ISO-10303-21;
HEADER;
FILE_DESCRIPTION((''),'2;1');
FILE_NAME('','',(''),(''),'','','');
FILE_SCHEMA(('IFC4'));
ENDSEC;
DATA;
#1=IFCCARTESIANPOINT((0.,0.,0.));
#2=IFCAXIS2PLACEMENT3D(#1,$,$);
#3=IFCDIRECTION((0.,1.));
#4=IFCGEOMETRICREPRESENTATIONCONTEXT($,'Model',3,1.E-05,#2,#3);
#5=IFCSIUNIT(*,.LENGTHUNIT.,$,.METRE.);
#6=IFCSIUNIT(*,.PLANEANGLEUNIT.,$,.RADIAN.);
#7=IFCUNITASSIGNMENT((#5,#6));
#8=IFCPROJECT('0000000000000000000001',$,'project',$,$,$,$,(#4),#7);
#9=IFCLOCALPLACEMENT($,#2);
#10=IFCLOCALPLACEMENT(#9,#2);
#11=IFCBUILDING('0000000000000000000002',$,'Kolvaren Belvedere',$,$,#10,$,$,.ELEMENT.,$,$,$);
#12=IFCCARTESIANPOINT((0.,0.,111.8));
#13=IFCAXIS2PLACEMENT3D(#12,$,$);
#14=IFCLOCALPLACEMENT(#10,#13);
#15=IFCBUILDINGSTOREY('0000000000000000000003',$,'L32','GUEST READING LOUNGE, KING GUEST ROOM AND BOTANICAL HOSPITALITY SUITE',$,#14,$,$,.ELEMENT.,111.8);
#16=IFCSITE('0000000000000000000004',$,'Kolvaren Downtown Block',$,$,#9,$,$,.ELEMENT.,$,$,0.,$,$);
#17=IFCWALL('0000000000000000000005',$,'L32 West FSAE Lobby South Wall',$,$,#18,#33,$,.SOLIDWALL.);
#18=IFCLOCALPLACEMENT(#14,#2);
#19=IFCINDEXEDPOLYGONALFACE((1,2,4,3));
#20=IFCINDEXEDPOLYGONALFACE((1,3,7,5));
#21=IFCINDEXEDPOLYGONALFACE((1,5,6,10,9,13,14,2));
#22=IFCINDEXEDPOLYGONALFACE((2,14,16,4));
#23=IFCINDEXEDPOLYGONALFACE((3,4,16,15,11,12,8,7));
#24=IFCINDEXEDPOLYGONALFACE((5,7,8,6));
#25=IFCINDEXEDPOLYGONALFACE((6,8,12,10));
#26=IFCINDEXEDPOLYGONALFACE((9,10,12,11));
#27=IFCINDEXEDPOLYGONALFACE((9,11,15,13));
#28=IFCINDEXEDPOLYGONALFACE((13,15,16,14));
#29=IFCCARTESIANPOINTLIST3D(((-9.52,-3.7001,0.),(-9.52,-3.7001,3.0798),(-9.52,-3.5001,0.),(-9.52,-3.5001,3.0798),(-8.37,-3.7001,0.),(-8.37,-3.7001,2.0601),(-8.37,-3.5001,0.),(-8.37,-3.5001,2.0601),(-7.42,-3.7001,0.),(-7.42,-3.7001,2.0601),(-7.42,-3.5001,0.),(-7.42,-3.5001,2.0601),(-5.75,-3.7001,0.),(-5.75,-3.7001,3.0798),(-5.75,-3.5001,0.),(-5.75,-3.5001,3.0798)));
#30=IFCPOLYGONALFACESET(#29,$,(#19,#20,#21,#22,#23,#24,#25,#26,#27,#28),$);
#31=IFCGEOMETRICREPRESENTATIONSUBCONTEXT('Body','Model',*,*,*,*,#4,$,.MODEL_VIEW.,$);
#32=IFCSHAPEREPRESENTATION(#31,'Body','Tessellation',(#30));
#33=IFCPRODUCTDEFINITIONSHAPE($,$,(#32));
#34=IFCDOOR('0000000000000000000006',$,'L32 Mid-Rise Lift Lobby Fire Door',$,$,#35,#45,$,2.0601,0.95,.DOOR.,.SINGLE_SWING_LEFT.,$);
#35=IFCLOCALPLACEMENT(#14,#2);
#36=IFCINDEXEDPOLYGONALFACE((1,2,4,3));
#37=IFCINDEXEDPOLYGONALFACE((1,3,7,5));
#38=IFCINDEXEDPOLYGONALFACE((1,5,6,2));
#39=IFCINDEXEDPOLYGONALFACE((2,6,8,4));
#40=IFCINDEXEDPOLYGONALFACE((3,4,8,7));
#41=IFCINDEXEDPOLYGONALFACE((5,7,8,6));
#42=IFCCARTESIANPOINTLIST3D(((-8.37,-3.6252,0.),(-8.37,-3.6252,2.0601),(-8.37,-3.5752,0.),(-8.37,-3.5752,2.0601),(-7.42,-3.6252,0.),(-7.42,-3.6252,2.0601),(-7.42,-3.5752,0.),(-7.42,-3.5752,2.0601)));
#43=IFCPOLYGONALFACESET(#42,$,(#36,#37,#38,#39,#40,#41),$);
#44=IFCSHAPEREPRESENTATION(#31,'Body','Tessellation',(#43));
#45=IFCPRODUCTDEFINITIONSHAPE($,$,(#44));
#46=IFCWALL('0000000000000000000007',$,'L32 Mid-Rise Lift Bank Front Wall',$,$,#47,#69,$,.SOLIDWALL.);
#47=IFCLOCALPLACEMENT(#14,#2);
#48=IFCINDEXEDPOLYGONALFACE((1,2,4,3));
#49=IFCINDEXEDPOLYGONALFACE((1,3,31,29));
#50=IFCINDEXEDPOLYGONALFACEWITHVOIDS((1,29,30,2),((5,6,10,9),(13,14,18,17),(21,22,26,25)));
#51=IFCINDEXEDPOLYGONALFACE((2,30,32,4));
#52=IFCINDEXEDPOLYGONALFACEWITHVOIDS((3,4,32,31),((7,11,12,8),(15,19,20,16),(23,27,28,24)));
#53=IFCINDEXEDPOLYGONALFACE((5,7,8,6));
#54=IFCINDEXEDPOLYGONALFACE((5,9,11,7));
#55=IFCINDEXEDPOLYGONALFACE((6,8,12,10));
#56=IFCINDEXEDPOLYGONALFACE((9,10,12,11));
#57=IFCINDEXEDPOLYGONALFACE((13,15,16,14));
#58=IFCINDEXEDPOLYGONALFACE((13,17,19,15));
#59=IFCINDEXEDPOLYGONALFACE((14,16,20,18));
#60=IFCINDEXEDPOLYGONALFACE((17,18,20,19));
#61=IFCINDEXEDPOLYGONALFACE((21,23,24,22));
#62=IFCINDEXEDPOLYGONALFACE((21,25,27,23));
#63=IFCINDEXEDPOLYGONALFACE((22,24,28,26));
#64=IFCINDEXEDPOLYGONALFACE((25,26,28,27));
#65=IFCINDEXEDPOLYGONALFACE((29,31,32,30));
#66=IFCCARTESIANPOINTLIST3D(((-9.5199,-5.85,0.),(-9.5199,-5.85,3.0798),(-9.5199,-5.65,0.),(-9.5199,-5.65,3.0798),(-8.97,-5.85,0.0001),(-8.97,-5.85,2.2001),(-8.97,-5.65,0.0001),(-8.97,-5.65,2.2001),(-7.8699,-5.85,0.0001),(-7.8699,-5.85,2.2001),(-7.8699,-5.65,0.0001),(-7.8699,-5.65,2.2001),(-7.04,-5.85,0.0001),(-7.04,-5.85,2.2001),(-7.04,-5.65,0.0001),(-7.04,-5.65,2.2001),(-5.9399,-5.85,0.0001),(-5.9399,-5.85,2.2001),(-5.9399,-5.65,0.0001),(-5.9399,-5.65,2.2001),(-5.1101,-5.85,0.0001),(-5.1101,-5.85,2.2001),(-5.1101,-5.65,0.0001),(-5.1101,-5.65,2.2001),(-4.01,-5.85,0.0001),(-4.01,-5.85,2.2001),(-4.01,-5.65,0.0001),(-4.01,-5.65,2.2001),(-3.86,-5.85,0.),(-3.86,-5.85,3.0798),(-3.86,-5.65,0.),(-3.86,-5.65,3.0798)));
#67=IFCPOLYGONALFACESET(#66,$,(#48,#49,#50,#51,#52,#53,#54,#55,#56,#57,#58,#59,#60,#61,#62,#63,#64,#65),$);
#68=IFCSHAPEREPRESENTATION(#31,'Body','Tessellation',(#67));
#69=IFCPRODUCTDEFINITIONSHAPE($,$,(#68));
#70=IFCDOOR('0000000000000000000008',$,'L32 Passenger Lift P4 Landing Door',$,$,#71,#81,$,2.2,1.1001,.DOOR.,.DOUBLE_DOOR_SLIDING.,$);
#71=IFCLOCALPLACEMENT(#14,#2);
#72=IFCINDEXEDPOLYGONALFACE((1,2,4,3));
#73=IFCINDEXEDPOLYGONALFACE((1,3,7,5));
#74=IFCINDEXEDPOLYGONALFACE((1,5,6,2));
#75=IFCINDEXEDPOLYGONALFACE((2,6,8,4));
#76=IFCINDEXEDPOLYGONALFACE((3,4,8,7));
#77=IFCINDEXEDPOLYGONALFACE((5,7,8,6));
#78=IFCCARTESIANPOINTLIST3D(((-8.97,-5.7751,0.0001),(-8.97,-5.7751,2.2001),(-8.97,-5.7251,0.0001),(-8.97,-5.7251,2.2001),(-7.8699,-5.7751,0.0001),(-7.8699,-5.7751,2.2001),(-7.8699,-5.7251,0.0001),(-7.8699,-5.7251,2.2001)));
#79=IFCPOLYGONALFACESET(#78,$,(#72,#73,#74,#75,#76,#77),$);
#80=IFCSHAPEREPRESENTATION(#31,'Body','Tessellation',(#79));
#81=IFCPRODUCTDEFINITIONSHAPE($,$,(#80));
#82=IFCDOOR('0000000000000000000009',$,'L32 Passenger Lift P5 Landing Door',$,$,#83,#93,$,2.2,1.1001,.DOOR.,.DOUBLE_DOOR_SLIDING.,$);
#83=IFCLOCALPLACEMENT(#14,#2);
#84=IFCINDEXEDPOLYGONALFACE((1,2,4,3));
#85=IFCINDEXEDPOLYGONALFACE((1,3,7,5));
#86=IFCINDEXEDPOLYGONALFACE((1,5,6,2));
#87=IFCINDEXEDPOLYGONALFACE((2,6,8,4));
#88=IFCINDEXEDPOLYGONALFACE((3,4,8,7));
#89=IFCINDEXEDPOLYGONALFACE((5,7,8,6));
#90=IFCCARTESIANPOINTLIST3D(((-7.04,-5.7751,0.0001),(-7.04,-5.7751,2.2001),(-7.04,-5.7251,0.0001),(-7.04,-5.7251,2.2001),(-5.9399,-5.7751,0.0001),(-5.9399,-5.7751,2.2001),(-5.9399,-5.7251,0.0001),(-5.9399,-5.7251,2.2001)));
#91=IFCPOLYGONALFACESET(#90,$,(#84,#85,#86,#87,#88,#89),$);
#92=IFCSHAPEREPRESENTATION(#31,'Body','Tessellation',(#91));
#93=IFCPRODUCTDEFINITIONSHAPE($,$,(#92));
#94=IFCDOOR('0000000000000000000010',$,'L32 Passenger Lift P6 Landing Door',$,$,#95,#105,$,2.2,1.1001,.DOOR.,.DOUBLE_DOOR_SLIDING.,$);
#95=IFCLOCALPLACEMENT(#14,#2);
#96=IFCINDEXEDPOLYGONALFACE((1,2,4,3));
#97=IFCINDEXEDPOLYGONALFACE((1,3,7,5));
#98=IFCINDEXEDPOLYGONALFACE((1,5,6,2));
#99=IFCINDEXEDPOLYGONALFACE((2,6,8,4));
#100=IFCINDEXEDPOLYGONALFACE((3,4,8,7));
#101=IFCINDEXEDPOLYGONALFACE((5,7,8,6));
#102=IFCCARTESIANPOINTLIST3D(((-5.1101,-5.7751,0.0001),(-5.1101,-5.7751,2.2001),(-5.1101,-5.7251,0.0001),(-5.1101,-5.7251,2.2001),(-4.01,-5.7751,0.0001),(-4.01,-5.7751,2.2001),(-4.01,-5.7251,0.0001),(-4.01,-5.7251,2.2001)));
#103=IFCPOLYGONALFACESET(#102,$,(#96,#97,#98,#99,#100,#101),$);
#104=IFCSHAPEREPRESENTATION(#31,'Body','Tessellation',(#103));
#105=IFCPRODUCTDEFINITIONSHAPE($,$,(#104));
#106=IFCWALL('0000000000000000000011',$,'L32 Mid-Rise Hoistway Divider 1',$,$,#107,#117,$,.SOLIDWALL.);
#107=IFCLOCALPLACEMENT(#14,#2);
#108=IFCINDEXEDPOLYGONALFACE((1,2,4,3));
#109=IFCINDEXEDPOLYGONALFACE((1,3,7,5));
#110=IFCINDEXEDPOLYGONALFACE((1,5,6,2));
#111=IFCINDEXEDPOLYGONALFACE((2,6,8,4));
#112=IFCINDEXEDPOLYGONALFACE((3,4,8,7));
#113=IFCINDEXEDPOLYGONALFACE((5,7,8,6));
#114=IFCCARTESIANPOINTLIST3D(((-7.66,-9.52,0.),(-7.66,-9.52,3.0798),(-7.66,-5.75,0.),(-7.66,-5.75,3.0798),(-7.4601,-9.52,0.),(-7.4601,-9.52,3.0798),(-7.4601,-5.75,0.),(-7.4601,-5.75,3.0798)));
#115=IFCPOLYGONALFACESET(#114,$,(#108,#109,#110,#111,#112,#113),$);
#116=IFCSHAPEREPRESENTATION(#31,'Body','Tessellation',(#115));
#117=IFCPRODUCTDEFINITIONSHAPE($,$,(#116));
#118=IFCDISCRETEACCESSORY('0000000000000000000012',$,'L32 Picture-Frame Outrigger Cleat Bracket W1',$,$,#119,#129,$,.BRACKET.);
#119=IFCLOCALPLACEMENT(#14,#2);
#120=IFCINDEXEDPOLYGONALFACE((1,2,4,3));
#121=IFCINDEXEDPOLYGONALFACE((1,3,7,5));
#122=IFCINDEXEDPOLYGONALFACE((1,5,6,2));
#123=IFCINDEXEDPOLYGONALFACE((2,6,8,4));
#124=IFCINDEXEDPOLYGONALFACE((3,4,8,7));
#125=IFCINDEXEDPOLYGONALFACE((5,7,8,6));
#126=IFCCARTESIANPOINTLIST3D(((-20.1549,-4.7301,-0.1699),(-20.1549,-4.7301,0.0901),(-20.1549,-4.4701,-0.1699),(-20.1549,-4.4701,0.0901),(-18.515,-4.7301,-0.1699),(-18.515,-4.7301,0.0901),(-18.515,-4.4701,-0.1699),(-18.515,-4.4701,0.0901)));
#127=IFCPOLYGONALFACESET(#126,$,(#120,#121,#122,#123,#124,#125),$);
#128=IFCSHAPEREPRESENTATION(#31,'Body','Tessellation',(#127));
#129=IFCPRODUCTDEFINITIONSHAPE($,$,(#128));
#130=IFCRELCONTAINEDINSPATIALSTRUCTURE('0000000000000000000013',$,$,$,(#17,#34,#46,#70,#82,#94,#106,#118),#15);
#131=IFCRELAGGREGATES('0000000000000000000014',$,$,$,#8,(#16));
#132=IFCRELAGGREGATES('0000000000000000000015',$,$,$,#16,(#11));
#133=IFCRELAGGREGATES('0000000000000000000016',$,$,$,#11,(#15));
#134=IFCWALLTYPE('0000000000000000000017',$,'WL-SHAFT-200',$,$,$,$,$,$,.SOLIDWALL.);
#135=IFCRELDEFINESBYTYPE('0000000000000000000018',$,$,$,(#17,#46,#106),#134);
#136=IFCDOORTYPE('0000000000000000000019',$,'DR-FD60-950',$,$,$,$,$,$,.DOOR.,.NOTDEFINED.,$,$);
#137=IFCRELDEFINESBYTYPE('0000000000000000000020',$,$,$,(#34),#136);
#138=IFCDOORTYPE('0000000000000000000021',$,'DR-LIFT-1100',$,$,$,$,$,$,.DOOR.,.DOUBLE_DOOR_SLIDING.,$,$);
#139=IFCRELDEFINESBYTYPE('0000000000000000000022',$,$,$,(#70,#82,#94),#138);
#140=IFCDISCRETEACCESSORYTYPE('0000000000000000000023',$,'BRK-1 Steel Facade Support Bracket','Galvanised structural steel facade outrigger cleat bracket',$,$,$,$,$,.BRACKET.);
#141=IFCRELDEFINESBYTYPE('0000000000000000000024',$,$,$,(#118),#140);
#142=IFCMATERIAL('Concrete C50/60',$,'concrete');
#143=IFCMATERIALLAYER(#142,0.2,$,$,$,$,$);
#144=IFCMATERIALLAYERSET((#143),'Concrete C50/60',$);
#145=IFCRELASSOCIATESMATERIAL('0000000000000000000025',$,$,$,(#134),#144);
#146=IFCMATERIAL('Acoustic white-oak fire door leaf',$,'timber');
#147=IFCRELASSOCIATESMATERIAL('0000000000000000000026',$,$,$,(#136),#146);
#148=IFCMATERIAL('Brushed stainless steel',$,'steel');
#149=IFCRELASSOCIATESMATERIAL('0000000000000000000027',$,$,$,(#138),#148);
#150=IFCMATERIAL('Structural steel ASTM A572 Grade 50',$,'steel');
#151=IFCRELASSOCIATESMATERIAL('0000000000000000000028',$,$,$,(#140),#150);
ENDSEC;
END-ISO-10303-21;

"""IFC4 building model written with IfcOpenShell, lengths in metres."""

from ifc_helpers import new_model, si_unit, direction, frame, frame_2d, origin, origin_2d, place, context, subcontext, project, spatial, rectangle, extrude, material, layer, layer_set, type_object, element, fill, save


model = new_model("IFC4")

# Units and contexts
model_context = context("Model", 3, precision=1e-05, world=origin(), true_north=direction((0.0, 1.0)))
body_context = subcontext(model_context, "Body", "Model", "MODEL_VIEW")
ifc_project = project(units=[si_unit("LENGTHUNIT", "METRE"), si_unit("PLANEANGLEUNIT", "RADIAN")], contexts=[model_context])

# Site, building, storey
site_placement = place(None, origin())
site = spatial("IfcSite", under=ifc_project, at=site_placement, Name="Kolvaren Downtown Block", CompositionType="ELEMENT", RefElevation=0.0)
building_placement = place(site_placement, origin())
building = spatial("IfcBuilding", under=site, at=building_placement, Name="Kolvaren Belvedere", CompositionType="ELEMENT")
storey_placement = place(building_placement, frame((0.0, 0.0, 111.8)))
storey = spatial("IfcBuildingStorey", under=building, at=storey_placement, Name="L32", Description="GUEST READING LOUNGE, KING GUEST ROOM AND BOTANICAL HOSPITALITY SUITE", CompositionType="ELEMENT", Elevation=111.8)

# Wall, opening, door
ifc_material_1 = material(Name="Concrete C50/60", Category="concrete")
ifc_layer_1 = layer(ifc_material_1, 0.2)
ifc_layer_set_1 = layer_set([ifc_layer_1], Name="Concrete C50/60")
wall_type_1 = type_object("IfcWallType", Name="WL-SHAFT-200", PredefinedType="SOLIDWALL", material=ifc_layer_set_1)
wall_1_placement = place(storey_placement, frame((-9.52, -3.6001, 0.0), z_axis=(0.0, 0.0, 1.0), x_axis=(1.0, 0.0, 0.0)))
wall_1 = element("IfcWall", 1, at=wall_1_placement, inside=storey, type_object=wall_type_1, Name="L32 West FSAE Lobby South Wall", PredefinedType="SOLIDWALL", context=body_context, shape_type="SweptSolid", body=[
    extrude(rectangle(XDim=3.77, YDim=0.2, at=frame_2d((1.885, 0.0))), origin(), (0.0, 0.0, 1.0), 3.0798),
])
opening_1_placement = place(wall_1_placement, frame((1.1499, 0.0, 0.0)))
opening_1 = element("IfcOpeningElement", 2, at=opening_1_placement, cuts=wall_1, PredefinedType="OPENING", context=body_context, shape_type="SweptSolid", body=[
    extrude(rectangle(XDim=0.95, YDim=2.0601, at=frame_2d((0.4751, 1.03))), frame((0.0, 0.1099, 0.0), z_axis=(0.0, -1.0, 0.0), x_axis=(1.0, 0.0, 0.0)), (0.0, 0.0, 1.0), 0.22),
])
ifc_material_2 = material(Name="Acoustic white-oak fire door leaf", Category="timber")
door_type_1 = type_object("IfcDoorType", Name="DR-FD60-950", OperationType="NOTDEFINED", PredefinedType="DOOR", material=ifc_material_2)
door_1_placement = place(opening_1_placement, origin())
door_1 = element("IfcDoor", 3, at=door_1_placement, inside=storey, type_object=door_type_1, Name="L32 Mid-Rise Lift Lobby Fire Door", OperationType="SINGLE_SWING_LEFT", OverallHeight=2.0601, OverallWidth=0.95, PredefinedType="DOOR", context=body_context, shape_type="SweptSolid", body=[
    extrude(rectangle(XDim=0.95, YDim=2.0601, at=frame_2d((0.4751, 1.03))), frame((0.0, 0.0249, 0.0), z_axis=(0.0, -1.0, 0.0), x_axis=(1.0, 0.0, 0.0)), (0.0, 0.0, 1.0), 0.05),
])
fill(opening_1, door_1)

# Wall, openings, doors
wall_2_placement = place(storey_placement, frame((-9.52, -5.75, 0.0), z_axis=(0.0, 0.0, 1.0), x_axis=(1.0, 0.0, 0.0)))
wall_2 = element("IfcWall", 4, at=wall_2_placement, inside=storey, type_object=wall_type_1, Name="L32 Mid-Rise Lift Bank Front Wall", PredefinedType="SOLIDWALL", context=body_context, shape_type="SweptSolid", body=[
    extrude(rectangle(XDim=5.6599, YDim=0.2, at=frame_2d((2.8301, 0.0))), origin(), (0.0, 0.0, 1.0), 3.0798),
])
opening_2_placement = place(wall_2_placement, frame((0.55, 0.0, 0.0)))
opening_2 = element("IfcOpeningElement", 5, at=opening_2_placement, cuts=wall_2, PredefinedType="OPENING", context=body_context, shape_type="SweptSolid", body=[
    extrude(rectangle(XDim=1.1001, YDim=2.2, at=frame_2d((0.55, 1.1001))), frame((0.0, 0.1099, 0.0), z_axis=(0.0, -1.0, 0.0), x_axis=(1.0, 0.0, 0.0)), (0.0, 0.0, 1.0), 0.22),
])
opening_3_placement = place(wall_2_placement, frame((2.48, 0.0, 0.0)))
opening_3 = element("IfcOpeningElement", 6, at=opening_3_placement, cuts=wall_2, PredefinedType="OPENING", context=body_context, shape_type="SweptSolid", body=[
    extrude(rectangle(XDim=1.1001, YDim=2.2, at=frame_2d((0.55, 1.1001))), frame((0.0, 0.1099, 0.0), z_axis=(0.0, -1.0, 0.0), x_axis=(1.0, 0.0, 0.0)), (0.0, 0.0, 1.0), 0.22),
])
opening_4_placement = place(wall_2_placement, frame((4.4099, 0.0, 0.0)))
opening_4 = element("IfcOpeningElement", 7, at=opening_4_placement, cuts=wall_2, PredefinedType="OPENING", context=body_context, shape_type="SweptSolid", body=[
    extrude(rectangle(XDim=1.1001, YDim=2.2, at=frame_2d((0.55, 1.1001))), frame((0.0, 0.1099, 0.0), z_axis=(0.0, -1.0, 0.0), x_axis=(1.0, 0.0, 0.0)), (0.0, 0.0, 1.0), 0.22),
])
ifc_material_3 = material(Name="Brushed stainless steel", Category="steel")
door_type_2 = type_object("IfcDoorType", Name="DR-LIFT-1100", OperationType="DOUBLE_DOOR_SLIDING", PredefinedType="DOOR", material=ifc_material_3)
door_2_placement = place(opening_2_placement, origin())
door_2 = element("IfcDoor", 8, at=door_2_placement, inside=storey, type_object=door_type_2, Name="L32 Passenger Lift P4 Landing Door", OperationType="DOUBLE_DOOR_SLIDING", OverallHeight=2.2, OverallWidth=1.1001, PredefinedType="DOOR", context=body_context, shape_type="SweptSolid", body=[
    extrude(rectangle(XDim=1.1001, YDim=2.2, at=frame_2d((0.55, 1.1001))), frame((0.0, 0.0249, 0.0), z_axis=(0.0, -1.0, 0.0), x_axis=(1.0, 0.0, 0.0)), (0.0, 0.0, 1.0), 0.05),
])
fill(opening_2, door_2)
door_3_placement = place(opening_3_placement, origin())
door_3 = element("IfcDoor", 9, at=door_3_placement, inside=storey, type_object=door_type_2, Name="L32 Passenger Lift P5 Landing Door", OperationType="DOUBLE_DOOR_SLIDING", OverallHeight=2.2, OverallWidth=1.1001, PredefinedType="DOOR", context=body_context, shape_type="SweptSolid", body=[
    extrude(rectangle(XDim=1.1001, YDim=2.2, at=frame_2d((0.55, 1.1001))), frame((0.0, 0.0249, 0.0), z_axis=(0.0, -1.0, 0.0), x_axis=(1.0, 0.0, 0.0)), (0.0, 0.0, 1.0), 0.05),
])
fill(opening_3, door_3)
door_4_placement = place(opening_4_placement, origin())
door_4 = element("IfcDoor", 10, at=door_4_placement, inside=storey, type_object=door_type_2, Name="L32 Passenger Lift P6 Landing Door", OperationType="DOUBLE_DOOR_SLIDING", OverallHeight=2.2, OverallWidth=1.1001, PredefinedType="DOOR", context=body_context, shape_type="SweptSolid", body=[
    extrude(rectangle(XDim=1.1001, YDim=2.2, at=frame_2d((0.55, 1.1001))), frame((0.0, 0.0249, 0.0), z_axis=(0.0, -1.0, 0.0), x_axis=(1.0, 0.0, 0.0)), (0.0, 0.0, 1.0), 0.05),
])
fill(opening_4, door_4)

# Wall
wall_3_placement = place(storey_placement, frame((-7.5601, -9.52, 0.0), z_axis=(0.0, 0.0, 1.0), x_axis=(0.0, 1.0, 0.0)))
element("IfcWall", 11, at=wall_3_placement, inside=storey, type_object=wall_type_1, Name="L32 Mid-Rise Hoistway Divider 1", PredefinedType="SOLIDWALL", context=body_context, shape_type="SweptSolid", body=[
    extrude(rectangle(XDim=3.77, YDim=0.2, at=frame_2d((1.885, 0.0))), origin(), (0.0, 0.0, 1.0), 3.0798),
])

# Discrete accessory
ifc_material_4 = material(Name="Structural steel ASTM A572 Grade 50", Category="steel")
discrete_accessory_type = type_object("IfcDiscreteAccessoryType", Name="BRK-1 Steel Facade Support Bracket", Description="Galvanised structural steel facade outrigger cleat bracket", PredefinedType="BRACKET", material=ifc_material_4)
discrete_accessory_placement = place(storey_placement, frame((-19.335, -4.6001, -0.1699), z_axis=(0.0, 0.0, 1.0), x_axis=(1.0, 0.0, 0.0)))
element("IfcDiscreteAccessory", 12, at=discrete_accessory_placement, inside=storey, type_object=discrete_accessory_type, Name="L32 Picture-Frame Outrigger Cleat Bracket W1", PredefinedType="BRACKET", context=body_context, shape_type="SweptSolid", body=[
    extrude(rectangle(XDim=1.6399, YDim=0.26, at=origin_2d()), origin(), (0.0, 0.0, 1.0), 0.26),
])

save(model, "model.ifc")
